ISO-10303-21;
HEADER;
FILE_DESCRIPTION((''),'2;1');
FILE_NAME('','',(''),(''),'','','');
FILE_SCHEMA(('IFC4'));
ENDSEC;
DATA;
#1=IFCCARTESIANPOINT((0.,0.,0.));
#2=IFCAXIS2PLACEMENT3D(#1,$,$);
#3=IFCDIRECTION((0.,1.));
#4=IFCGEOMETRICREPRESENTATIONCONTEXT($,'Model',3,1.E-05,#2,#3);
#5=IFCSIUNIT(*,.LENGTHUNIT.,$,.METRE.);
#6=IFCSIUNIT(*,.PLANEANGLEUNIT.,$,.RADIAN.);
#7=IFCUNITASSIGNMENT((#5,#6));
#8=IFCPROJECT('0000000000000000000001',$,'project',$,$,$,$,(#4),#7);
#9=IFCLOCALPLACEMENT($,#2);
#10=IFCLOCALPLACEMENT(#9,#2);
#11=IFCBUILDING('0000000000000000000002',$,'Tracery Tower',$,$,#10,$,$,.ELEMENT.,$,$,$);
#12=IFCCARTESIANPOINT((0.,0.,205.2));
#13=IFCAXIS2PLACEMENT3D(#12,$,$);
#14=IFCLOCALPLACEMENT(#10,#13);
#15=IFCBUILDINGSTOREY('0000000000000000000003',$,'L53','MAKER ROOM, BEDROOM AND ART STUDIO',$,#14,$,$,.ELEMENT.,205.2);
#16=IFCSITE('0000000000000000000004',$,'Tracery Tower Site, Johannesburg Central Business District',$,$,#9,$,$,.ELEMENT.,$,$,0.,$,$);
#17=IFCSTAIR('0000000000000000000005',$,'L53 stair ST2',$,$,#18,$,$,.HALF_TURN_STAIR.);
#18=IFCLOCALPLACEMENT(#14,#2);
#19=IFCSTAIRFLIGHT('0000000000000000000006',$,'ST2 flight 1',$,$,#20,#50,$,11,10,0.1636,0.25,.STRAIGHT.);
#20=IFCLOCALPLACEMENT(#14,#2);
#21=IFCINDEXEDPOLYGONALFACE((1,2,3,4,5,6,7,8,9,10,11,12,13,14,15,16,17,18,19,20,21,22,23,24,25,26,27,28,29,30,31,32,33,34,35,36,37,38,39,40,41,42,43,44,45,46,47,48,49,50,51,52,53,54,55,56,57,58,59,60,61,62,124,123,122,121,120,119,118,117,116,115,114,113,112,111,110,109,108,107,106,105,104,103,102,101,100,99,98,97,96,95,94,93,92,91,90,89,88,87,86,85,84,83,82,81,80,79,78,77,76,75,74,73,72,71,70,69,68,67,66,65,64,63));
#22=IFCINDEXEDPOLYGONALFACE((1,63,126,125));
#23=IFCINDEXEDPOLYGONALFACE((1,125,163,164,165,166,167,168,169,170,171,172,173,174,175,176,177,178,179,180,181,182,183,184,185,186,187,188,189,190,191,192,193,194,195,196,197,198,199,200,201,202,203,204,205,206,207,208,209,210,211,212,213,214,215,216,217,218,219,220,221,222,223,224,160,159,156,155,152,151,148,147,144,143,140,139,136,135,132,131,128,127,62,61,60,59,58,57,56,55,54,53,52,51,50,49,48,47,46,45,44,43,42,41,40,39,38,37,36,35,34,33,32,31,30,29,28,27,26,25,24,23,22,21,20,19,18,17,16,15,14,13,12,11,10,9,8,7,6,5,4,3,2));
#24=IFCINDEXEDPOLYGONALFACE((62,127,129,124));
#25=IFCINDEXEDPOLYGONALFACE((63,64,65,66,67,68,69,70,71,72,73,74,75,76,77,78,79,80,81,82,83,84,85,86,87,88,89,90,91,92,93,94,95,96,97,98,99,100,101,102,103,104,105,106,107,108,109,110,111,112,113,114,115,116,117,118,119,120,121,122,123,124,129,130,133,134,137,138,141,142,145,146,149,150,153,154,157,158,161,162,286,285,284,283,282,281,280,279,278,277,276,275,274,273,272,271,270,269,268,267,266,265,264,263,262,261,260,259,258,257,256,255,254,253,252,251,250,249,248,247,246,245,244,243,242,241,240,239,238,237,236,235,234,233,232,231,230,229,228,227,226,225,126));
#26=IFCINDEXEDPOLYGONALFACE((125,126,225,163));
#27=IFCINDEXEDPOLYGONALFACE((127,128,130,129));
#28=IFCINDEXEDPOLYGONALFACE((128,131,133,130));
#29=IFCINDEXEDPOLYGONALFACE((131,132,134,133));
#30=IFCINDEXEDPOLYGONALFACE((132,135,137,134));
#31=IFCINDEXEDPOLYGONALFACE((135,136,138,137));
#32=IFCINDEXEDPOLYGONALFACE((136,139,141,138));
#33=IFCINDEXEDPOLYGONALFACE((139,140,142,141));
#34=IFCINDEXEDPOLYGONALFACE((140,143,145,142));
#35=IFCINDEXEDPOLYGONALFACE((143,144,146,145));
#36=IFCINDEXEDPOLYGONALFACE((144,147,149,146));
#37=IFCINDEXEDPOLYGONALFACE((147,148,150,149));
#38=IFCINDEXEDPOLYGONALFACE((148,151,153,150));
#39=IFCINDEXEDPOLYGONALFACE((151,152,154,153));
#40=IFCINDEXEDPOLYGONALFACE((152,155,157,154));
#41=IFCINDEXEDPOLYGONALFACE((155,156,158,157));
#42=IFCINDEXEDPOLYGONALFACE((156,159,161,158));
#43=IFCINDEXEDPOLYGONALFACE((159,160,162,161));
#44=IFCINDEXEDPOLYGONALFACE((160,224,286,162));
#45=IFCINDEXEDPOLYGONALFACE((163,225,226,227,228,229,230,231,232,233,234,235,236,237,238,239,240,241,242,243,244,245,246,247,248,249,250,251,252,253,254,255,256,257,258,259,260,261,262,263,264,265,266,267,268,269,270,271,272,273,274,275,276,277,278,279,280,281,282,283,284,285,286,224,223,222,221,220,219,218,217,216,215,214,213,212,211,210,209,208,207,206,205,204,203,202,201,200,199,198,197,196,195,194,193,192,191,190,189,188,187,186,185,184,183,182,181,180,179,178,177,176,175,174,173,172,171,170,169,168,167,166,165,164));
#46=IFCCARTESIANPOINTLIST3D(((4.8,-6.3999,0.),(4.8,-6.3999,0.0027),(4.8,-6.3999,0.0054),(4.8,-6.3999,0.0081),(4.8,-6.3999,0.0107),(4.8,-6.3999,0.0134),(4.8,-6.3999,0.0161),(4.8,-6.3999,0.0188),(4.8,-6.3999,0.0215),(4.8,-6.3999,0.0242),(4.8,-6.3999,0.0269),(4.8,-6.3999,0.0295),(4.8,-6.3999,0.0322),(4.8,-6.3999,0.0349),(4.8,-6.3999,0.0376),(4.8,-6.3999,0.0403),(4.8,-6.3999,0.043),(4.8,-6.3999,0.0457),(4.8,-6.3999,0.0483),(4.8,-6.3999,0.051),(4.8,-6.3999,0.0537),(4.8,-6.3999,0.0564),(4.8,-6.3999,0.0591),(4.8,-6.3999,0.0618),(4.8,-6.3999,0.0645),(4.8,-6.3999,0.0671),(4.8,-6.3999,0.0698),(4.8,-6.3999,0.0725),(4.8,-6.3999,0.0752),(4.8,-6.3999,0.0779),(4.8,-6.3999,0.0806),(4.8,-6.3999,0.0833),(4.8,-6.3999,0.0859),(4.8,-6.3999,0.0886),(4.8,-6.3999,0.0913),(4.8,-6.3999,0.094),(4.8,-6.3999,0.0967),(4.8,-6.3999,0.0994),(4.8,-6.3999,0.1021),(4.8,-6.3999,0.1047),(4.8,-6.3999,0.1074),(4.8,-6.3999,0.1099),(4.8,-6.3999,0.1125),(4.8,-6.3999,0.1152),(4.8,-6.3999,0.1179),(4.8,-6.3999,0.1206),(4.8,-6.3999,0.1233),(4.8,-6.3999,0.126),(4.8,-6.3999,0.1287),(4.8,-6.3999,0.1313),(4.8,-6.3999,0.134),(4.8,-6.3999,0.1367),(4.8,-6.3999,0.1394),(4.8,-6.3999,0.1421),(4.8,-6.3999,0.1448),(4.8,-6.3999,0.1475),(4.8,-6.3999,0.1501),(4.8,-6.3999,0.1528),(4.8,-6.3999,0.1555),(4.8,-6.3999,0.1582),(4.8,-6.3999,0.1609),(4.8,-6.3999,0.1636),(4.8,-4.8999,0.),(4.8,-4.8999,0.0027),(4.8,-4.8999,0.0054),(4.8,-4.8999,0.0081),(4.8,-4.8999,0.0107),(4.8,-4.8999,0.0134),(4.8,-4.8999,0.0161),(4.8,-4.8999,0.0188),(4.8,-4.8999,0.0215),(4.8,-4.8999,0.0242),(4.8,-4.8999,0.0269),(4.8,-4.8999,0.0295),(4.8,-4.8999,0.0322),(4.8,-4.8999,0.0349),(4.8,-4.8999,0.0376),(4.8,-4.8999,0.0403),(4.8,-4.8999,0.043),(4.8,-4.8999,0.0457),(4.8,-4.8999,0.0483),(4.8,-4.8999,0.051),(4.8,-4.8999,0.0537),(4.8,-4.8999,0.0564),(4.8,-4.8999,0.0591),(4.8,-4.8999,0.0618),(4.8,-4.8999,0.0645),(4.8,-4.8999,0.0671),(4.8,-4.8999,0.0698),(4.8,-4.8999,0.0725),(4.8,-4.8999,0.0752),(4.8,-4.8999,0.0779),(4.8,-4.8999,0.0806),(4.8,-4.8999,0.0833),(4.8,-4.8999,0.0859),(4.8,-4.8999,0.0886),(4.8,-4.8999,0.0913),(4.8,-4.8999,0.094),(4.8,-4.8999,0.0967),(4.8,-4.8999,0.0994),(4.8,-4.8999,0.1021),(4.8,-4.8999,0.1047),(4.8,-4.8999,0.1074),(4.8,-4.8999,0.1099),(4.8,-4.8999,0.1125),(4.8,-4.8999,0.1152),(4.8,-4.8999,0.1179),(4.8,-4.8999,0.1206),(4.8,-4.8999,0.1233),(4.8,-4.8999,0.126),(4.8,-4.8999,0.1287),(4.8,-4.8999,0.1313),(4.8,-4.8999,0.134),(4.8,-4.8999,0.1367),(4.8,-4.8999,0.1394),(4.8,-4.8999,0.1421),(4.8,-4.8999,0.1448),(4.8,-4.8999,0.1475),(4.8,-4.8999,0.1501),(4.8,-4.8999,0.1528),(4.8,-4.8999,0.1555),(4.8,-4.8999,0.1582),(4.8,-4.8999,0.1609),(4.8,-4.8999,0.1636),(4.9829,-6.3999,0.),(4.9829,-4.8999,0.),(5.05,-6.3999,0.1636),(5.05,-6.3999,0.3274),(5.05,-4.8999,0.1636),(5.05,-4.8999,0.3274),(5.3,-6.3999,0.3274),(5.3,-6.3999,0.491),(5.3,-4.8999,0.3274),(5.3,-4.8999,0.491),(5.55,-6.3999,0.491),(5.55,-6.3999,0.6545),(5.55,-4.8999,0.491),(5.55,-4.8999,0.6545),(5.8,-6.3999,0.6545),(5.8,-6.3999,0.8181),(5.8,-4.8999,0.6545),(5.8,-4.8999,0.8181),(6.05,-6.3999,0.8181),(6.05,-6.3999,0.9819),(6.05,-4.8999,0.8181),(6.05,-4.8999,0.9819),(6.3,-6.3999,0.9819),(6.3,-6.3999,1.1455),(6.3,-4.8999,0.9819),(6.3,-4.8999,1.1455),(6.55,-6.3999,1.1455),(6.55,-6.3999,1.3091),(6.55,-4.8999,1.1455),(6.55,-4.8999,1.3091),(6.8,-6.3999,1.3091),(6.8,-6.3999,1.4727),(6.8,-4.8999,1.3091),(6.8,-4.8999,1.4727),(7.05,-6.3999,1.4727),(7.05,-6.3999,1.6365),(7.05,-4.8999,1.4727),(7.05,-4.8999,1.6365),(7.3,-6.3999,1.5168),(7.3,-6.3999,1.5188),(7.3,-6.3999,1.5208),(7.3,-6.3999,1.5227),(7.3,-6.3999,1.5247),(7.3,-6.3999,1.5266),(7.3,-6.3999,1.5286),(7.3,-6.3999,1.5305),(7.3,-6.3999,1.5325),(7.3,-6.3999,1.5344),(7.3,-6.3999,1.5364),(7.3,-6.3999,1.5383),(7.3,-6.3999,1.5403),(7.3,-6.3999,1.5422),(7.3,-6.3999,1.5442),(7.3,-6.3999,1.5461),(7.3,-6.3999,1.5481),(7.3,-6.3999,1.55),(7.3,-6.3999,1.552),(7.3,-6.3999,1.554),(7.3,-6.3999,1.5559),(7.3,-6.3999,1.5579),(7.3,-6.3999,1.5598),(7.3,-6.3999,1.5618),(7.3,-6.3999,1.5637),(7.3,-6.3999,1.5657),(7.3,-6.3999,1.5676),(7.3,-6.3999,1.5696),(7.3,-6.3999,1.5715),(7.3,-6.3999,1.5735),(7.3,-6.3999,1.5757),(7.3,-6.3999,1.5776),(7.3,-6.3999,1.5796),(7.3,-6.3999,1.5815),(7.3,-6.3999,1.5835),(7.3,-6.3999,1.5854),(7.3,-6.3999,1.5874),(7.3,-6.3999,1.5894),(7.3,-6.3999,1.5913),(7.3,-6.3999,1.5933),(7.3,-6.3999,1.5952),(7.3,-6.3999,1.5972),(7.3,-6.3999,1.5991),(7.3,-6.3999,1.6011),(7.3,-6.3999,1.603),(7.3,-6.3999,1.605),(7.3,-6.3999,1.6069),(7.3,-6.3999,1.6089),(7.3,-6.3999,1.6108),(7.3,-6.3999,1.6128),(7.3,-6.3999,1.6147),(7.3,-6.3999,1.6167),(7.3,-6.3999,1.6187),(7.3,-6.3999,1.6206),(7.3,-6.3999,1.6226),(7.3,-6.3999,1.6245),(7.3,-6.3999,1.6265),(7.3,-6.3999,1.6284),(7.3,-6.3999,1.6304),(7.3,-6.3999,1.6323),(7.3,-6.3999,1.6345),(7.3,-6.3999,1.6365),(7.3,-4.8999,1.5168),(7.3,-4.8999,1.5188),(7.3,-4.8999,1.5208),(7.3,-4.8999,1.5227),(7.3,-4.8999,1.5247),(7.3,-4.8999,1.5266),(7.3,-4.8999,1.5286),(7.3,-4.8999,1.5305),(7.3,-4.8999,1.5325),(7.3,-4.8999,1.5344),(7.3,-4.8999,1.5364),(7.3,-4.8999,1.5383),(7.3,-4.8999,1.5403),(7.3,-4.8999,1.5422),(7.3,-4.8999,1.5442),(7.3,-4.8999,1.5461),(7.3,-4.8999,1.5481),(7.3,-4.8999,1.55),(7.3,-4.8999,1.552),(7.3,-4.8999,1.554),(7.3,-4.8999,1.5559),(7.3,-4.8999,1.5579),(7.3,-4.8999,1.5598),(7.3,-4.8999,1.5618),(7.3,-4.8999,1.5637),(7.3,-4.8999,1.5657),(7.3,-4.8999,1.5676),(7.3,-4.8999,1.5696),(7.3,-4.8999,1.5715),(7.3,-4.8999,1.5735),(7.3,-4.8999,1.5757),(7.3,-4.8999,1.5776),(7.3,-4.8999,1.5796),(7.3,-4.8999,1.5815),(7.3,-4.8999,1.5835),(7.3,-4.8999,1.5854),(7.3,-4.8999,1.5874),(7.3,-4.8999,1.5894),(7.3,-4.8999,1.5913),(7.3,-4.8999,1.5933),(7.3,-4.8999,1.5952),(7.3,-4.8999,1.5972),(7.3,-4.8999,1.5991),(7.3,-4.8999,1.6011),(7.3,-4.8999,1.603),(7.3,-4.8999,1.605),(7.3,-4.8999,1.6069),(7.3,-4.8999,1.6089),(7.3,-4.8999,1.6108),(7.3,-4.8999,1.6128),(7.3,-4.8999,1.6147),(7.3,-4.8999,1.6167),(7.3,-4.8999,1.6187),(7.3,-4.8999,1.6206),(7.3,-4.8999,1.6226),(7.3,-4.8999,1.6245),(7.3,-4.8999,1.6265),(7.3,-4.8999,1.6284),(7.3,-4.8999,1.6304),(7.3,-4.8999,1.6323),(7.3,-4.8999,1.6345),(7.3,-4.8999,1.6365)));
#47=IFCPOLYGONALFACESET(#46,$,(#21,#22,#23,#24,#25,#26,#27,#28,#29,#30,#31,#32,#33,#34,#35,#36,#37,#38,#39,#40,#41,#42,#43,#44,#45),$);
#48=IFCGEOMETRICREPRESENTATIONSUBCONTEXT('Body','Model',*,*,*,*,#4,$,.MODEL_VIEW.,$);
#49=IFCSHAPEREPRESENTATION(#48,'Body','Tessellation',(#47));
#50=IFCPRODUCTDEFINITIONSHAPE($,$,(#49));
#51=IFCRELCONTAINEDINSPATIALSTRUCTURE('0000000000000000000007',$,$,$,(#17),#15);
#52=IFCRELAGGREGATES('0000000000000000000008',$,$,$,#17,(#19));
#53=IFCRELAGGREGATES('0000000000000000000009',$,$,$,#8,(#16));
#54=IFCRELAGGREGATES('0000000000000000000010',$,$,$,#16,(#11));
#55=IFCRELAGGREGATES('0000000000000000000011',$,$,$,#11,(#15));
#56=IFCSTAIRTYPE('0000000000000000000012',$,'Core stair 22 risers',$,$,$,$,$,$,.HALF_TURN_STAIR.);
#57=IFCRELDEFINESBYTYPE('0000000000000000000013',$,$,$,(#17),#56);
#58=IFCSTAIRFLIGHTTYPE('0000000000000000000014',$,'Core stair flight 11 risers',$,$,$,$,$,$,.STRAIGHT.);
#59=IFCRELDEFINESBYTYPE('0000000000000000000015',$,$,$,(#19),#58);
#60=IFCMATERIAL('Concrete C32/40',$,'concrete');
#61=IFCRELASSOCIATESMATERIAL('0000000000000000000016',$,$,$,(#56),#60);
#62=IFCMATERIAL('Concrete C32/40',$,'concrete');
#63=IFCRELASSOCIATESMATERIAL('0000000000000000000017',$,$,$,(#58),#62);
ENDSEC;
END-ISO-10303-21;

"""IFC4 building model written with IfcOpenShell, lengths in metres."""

from ifc_helpers import new_model, si_unit, direction, frame, origin, place, context, subcontext, project, spatial, polyline, outline, extrude, material, type_object, element, aggregate, save


model = new_model("IFC4")

# Units and contexts
model_context = context("Model", 3, precision=1e-05, world=origin(), true_north=direction((0.0, 1.0)))
body_context = subcontext(model_context, "Body", "Model", "MODEL_VIEW")
ifc_project = project(units=[si_unit("LENGTHUNIT", "METRE"), si_unit("PLANEANGLEUNIT", "RADIAN")], contexts=[model_context])

# Site, building, storey
site_placement = place(None, origin())
site = spatial("IfcSite", under=ifc_project, at=site_placement, Name="Tracery Tower Site, Johannesburg Central Business District", CompositionType="ELEMENT", RefElevation=0.0)
building_placement = place(site_placement, origin())
building = spatial("IfcBuilding", under=site, at=building_placement, Name="Tracery Tower", CompositionType="ELEMENT")
storey_placement = place(building_placement, frame((0.0, 0.0, 205.2)))
storey = spatial("IfcBuildingStorey", under=building, at=storey_placement, Name="L53", Description="MAKER ROOM, BEDROOM AND ART STUDIO", CompositionType="ELEMENT", Elevation=205.2)

# Stair, stair flight
ifc_material_1 = material(Name="Concrete C32/40", Category="concrete")
stair_type = type_object("IfcStairType", Name="Core stair 22 risers", PredefinedType="HALF_TURN_STAIR", material=ifc_material_1)
stair_placement = place(storey_placement, origin())
stair = element("IfcStair", 1, at=stair_placement, inside=storey, type_object=stair_type, Name="L53 stair ST2", PredefinedType="HALF_TURN_STAIR")
ifc_material_2 = material(Name="Concrete C32/40", Category="concrete")
stair_flight_type = type_object("IfcStairFlightType", Name="Core stair flight 11 risers", PredefinedType="STRAIGHT", material=ifc_material_2)
stair_flight_1_placement = place(storey_placement, frame((4.8, -5.6499, 0.0), z_axis=(0.0, 0.0, 1.0), x_axis=(1.0, 0.0, 0.0)))
stair_flight_1 = element("IfcStairFlight", 2, at=stair_flight_1_placement, type_object=stair_flight_type, Name="ST2 flight 1", NumberOfRisers=11, NumberOfTreads=10, PredefinedType="STRAIGHT", RiserHeight=0.1636, TreadLength=0.25, context=body_context, shape_type="SweptSolid", body=[
    extrude(outline(polyline([(0.0, 0.0), (0.0, 0.0027), (0.0, 0.0054), (0.0, 0.0081), (0.0, 0.0107), (0.0, 0.0134), (0.0, 0.0161), (0.0, 0.0188), (0.0, 0.0215), (0.0, 0.0242), (0.0, 0.0269), (0.0, 0.0295), (0.0, 0.0322), (0.0, 0.0349), (0.0, 0.0376), (0.0, 0.0403), (0.0, 0.043), (0.0, 0.0457), (0.0, 0.0483), (0.0, 0.051), (0.0, 0.0537), (0.0, 0.0564), (0.0, 0.0591), (0.0, 0.0618), (0.0, 0.0645), (0.0, 0.0671), (0.0, 0.0698), (0.0, 0.0725), (0.0, 0.0752), (0.0, 0.0779), (0.0, 0.0806), (0.0, 0.0833), (0.0, 0.0859), (0.0, 0.0886), (0.0, 0.0913), (0.0, 0.094), (0.0, 0.0967), (0.0, 0.0994), (0.0, 0.1021), (0.0, 0.1047), (0.0, 0.1074), (0.0, 0.1099), (0.0, 0.1125), (0.0, 0.1152), (0.0, 0.1179), (0.0, 0.1206), (0.0, 0.1233), (0.0, 0.126), (0.0, 0.1287), (0.0, 0.1313), (0.0, 0.134), (0.0, 0.1367), (0.0, 0.1394), (0.0, 0.1421), (0.0, 0.1448), (0.0, 0.1475), (0.0, 0.1501), (0.0, 0.1528), (0.0, 0.1555), (0.0, 0.1582), (0.0, 0.1609), (0.0, 0.1636), (0.25, 0.1636), (0.25, 0.3274), (0.5, 0.3274), (0.5, 0.491), (0.75, 0.491), (0.75, 0.6545), (1.0, 0.6545), (1.0, 0.8181), (1.25, 0.8181), (1.25, 0.9819), (1.5, 0.9819), (1.5, 1.1455), (1.75, 1.1455), (1.75, 1.3091), (2.0, 1.3091), (2.0, 1.4727), (2.25, 1.4727), (2.25, 1.6365), (2.5, 1.6365), (2.5, 1.6345), (2.5, 1.6323), (2.5, 1.6304), (2.5, 1.6284), (2.5, 1.6265), (2.5, 1.6245), (2.5, 1.6226), (2.5, 1.6206), (2.5, 1.6187), (2.5, 1.6167), (2.5, 1.6147), (2.5, 1.6128), (2.5, 1.6108), (2.5, 1.6089), (2.5, 1.6069), (2.5, 1.605), (2.5, 1.603), (2.5, 1.6011), (2.5, 1.5991), (2.5, 1.5972), (2.5, 1.5952), (2.5, 1.5933), (2.5, 1.5913), (2.5, 1.5894), (2.5, 1.5874), (2.5, 1.5854), (2.5, 1.5835), (2.5, 1.5815), (2.5, 1.5796), (2.5, 1.5776), (2.5, 1.5757), (2.5, 1.5735), (2.5, 1.5715), (2.5, 1.5696), (2.5, 1.5676), (2.5, 1.5657), (2.5, 1.5637), (2.5, 1.5618), (2.5, 1.5598), (2.5, 1.5579), (2.5, 1.5559), (2.5, 1.554), (2.5, 1.552), (2.5, 1.55), (2.5, 1.5481), (2.5, 1.5461), (2.5, 1.5442), (2.5, 1.5422), (2.5, 1.5403), (2.5, 1.5383), (2.5, 1.5364), (2.5, 1.5344), (2.5, 1.5325), (2.5, 1.5305), (2.5, 1.5286), (2.5, 1.5266), (2.5, 1.5247), (2.5, 1.5227), (2.5, 1.5208), (2.5, 1.5188), (2.5, 1.5168), (0.1829, 0.0), (0.0, 0.0)])), frame((0.0, 0.75, 0.0), z_axis=(0.0, -1.0, 0.0), x_axis=(1.0, 0.0, 0.0)), (0.0, 0.0, 1.0), 1.5),
])
aggregate(stair, [stair_flight_1])

save(model, "model.ifc")
